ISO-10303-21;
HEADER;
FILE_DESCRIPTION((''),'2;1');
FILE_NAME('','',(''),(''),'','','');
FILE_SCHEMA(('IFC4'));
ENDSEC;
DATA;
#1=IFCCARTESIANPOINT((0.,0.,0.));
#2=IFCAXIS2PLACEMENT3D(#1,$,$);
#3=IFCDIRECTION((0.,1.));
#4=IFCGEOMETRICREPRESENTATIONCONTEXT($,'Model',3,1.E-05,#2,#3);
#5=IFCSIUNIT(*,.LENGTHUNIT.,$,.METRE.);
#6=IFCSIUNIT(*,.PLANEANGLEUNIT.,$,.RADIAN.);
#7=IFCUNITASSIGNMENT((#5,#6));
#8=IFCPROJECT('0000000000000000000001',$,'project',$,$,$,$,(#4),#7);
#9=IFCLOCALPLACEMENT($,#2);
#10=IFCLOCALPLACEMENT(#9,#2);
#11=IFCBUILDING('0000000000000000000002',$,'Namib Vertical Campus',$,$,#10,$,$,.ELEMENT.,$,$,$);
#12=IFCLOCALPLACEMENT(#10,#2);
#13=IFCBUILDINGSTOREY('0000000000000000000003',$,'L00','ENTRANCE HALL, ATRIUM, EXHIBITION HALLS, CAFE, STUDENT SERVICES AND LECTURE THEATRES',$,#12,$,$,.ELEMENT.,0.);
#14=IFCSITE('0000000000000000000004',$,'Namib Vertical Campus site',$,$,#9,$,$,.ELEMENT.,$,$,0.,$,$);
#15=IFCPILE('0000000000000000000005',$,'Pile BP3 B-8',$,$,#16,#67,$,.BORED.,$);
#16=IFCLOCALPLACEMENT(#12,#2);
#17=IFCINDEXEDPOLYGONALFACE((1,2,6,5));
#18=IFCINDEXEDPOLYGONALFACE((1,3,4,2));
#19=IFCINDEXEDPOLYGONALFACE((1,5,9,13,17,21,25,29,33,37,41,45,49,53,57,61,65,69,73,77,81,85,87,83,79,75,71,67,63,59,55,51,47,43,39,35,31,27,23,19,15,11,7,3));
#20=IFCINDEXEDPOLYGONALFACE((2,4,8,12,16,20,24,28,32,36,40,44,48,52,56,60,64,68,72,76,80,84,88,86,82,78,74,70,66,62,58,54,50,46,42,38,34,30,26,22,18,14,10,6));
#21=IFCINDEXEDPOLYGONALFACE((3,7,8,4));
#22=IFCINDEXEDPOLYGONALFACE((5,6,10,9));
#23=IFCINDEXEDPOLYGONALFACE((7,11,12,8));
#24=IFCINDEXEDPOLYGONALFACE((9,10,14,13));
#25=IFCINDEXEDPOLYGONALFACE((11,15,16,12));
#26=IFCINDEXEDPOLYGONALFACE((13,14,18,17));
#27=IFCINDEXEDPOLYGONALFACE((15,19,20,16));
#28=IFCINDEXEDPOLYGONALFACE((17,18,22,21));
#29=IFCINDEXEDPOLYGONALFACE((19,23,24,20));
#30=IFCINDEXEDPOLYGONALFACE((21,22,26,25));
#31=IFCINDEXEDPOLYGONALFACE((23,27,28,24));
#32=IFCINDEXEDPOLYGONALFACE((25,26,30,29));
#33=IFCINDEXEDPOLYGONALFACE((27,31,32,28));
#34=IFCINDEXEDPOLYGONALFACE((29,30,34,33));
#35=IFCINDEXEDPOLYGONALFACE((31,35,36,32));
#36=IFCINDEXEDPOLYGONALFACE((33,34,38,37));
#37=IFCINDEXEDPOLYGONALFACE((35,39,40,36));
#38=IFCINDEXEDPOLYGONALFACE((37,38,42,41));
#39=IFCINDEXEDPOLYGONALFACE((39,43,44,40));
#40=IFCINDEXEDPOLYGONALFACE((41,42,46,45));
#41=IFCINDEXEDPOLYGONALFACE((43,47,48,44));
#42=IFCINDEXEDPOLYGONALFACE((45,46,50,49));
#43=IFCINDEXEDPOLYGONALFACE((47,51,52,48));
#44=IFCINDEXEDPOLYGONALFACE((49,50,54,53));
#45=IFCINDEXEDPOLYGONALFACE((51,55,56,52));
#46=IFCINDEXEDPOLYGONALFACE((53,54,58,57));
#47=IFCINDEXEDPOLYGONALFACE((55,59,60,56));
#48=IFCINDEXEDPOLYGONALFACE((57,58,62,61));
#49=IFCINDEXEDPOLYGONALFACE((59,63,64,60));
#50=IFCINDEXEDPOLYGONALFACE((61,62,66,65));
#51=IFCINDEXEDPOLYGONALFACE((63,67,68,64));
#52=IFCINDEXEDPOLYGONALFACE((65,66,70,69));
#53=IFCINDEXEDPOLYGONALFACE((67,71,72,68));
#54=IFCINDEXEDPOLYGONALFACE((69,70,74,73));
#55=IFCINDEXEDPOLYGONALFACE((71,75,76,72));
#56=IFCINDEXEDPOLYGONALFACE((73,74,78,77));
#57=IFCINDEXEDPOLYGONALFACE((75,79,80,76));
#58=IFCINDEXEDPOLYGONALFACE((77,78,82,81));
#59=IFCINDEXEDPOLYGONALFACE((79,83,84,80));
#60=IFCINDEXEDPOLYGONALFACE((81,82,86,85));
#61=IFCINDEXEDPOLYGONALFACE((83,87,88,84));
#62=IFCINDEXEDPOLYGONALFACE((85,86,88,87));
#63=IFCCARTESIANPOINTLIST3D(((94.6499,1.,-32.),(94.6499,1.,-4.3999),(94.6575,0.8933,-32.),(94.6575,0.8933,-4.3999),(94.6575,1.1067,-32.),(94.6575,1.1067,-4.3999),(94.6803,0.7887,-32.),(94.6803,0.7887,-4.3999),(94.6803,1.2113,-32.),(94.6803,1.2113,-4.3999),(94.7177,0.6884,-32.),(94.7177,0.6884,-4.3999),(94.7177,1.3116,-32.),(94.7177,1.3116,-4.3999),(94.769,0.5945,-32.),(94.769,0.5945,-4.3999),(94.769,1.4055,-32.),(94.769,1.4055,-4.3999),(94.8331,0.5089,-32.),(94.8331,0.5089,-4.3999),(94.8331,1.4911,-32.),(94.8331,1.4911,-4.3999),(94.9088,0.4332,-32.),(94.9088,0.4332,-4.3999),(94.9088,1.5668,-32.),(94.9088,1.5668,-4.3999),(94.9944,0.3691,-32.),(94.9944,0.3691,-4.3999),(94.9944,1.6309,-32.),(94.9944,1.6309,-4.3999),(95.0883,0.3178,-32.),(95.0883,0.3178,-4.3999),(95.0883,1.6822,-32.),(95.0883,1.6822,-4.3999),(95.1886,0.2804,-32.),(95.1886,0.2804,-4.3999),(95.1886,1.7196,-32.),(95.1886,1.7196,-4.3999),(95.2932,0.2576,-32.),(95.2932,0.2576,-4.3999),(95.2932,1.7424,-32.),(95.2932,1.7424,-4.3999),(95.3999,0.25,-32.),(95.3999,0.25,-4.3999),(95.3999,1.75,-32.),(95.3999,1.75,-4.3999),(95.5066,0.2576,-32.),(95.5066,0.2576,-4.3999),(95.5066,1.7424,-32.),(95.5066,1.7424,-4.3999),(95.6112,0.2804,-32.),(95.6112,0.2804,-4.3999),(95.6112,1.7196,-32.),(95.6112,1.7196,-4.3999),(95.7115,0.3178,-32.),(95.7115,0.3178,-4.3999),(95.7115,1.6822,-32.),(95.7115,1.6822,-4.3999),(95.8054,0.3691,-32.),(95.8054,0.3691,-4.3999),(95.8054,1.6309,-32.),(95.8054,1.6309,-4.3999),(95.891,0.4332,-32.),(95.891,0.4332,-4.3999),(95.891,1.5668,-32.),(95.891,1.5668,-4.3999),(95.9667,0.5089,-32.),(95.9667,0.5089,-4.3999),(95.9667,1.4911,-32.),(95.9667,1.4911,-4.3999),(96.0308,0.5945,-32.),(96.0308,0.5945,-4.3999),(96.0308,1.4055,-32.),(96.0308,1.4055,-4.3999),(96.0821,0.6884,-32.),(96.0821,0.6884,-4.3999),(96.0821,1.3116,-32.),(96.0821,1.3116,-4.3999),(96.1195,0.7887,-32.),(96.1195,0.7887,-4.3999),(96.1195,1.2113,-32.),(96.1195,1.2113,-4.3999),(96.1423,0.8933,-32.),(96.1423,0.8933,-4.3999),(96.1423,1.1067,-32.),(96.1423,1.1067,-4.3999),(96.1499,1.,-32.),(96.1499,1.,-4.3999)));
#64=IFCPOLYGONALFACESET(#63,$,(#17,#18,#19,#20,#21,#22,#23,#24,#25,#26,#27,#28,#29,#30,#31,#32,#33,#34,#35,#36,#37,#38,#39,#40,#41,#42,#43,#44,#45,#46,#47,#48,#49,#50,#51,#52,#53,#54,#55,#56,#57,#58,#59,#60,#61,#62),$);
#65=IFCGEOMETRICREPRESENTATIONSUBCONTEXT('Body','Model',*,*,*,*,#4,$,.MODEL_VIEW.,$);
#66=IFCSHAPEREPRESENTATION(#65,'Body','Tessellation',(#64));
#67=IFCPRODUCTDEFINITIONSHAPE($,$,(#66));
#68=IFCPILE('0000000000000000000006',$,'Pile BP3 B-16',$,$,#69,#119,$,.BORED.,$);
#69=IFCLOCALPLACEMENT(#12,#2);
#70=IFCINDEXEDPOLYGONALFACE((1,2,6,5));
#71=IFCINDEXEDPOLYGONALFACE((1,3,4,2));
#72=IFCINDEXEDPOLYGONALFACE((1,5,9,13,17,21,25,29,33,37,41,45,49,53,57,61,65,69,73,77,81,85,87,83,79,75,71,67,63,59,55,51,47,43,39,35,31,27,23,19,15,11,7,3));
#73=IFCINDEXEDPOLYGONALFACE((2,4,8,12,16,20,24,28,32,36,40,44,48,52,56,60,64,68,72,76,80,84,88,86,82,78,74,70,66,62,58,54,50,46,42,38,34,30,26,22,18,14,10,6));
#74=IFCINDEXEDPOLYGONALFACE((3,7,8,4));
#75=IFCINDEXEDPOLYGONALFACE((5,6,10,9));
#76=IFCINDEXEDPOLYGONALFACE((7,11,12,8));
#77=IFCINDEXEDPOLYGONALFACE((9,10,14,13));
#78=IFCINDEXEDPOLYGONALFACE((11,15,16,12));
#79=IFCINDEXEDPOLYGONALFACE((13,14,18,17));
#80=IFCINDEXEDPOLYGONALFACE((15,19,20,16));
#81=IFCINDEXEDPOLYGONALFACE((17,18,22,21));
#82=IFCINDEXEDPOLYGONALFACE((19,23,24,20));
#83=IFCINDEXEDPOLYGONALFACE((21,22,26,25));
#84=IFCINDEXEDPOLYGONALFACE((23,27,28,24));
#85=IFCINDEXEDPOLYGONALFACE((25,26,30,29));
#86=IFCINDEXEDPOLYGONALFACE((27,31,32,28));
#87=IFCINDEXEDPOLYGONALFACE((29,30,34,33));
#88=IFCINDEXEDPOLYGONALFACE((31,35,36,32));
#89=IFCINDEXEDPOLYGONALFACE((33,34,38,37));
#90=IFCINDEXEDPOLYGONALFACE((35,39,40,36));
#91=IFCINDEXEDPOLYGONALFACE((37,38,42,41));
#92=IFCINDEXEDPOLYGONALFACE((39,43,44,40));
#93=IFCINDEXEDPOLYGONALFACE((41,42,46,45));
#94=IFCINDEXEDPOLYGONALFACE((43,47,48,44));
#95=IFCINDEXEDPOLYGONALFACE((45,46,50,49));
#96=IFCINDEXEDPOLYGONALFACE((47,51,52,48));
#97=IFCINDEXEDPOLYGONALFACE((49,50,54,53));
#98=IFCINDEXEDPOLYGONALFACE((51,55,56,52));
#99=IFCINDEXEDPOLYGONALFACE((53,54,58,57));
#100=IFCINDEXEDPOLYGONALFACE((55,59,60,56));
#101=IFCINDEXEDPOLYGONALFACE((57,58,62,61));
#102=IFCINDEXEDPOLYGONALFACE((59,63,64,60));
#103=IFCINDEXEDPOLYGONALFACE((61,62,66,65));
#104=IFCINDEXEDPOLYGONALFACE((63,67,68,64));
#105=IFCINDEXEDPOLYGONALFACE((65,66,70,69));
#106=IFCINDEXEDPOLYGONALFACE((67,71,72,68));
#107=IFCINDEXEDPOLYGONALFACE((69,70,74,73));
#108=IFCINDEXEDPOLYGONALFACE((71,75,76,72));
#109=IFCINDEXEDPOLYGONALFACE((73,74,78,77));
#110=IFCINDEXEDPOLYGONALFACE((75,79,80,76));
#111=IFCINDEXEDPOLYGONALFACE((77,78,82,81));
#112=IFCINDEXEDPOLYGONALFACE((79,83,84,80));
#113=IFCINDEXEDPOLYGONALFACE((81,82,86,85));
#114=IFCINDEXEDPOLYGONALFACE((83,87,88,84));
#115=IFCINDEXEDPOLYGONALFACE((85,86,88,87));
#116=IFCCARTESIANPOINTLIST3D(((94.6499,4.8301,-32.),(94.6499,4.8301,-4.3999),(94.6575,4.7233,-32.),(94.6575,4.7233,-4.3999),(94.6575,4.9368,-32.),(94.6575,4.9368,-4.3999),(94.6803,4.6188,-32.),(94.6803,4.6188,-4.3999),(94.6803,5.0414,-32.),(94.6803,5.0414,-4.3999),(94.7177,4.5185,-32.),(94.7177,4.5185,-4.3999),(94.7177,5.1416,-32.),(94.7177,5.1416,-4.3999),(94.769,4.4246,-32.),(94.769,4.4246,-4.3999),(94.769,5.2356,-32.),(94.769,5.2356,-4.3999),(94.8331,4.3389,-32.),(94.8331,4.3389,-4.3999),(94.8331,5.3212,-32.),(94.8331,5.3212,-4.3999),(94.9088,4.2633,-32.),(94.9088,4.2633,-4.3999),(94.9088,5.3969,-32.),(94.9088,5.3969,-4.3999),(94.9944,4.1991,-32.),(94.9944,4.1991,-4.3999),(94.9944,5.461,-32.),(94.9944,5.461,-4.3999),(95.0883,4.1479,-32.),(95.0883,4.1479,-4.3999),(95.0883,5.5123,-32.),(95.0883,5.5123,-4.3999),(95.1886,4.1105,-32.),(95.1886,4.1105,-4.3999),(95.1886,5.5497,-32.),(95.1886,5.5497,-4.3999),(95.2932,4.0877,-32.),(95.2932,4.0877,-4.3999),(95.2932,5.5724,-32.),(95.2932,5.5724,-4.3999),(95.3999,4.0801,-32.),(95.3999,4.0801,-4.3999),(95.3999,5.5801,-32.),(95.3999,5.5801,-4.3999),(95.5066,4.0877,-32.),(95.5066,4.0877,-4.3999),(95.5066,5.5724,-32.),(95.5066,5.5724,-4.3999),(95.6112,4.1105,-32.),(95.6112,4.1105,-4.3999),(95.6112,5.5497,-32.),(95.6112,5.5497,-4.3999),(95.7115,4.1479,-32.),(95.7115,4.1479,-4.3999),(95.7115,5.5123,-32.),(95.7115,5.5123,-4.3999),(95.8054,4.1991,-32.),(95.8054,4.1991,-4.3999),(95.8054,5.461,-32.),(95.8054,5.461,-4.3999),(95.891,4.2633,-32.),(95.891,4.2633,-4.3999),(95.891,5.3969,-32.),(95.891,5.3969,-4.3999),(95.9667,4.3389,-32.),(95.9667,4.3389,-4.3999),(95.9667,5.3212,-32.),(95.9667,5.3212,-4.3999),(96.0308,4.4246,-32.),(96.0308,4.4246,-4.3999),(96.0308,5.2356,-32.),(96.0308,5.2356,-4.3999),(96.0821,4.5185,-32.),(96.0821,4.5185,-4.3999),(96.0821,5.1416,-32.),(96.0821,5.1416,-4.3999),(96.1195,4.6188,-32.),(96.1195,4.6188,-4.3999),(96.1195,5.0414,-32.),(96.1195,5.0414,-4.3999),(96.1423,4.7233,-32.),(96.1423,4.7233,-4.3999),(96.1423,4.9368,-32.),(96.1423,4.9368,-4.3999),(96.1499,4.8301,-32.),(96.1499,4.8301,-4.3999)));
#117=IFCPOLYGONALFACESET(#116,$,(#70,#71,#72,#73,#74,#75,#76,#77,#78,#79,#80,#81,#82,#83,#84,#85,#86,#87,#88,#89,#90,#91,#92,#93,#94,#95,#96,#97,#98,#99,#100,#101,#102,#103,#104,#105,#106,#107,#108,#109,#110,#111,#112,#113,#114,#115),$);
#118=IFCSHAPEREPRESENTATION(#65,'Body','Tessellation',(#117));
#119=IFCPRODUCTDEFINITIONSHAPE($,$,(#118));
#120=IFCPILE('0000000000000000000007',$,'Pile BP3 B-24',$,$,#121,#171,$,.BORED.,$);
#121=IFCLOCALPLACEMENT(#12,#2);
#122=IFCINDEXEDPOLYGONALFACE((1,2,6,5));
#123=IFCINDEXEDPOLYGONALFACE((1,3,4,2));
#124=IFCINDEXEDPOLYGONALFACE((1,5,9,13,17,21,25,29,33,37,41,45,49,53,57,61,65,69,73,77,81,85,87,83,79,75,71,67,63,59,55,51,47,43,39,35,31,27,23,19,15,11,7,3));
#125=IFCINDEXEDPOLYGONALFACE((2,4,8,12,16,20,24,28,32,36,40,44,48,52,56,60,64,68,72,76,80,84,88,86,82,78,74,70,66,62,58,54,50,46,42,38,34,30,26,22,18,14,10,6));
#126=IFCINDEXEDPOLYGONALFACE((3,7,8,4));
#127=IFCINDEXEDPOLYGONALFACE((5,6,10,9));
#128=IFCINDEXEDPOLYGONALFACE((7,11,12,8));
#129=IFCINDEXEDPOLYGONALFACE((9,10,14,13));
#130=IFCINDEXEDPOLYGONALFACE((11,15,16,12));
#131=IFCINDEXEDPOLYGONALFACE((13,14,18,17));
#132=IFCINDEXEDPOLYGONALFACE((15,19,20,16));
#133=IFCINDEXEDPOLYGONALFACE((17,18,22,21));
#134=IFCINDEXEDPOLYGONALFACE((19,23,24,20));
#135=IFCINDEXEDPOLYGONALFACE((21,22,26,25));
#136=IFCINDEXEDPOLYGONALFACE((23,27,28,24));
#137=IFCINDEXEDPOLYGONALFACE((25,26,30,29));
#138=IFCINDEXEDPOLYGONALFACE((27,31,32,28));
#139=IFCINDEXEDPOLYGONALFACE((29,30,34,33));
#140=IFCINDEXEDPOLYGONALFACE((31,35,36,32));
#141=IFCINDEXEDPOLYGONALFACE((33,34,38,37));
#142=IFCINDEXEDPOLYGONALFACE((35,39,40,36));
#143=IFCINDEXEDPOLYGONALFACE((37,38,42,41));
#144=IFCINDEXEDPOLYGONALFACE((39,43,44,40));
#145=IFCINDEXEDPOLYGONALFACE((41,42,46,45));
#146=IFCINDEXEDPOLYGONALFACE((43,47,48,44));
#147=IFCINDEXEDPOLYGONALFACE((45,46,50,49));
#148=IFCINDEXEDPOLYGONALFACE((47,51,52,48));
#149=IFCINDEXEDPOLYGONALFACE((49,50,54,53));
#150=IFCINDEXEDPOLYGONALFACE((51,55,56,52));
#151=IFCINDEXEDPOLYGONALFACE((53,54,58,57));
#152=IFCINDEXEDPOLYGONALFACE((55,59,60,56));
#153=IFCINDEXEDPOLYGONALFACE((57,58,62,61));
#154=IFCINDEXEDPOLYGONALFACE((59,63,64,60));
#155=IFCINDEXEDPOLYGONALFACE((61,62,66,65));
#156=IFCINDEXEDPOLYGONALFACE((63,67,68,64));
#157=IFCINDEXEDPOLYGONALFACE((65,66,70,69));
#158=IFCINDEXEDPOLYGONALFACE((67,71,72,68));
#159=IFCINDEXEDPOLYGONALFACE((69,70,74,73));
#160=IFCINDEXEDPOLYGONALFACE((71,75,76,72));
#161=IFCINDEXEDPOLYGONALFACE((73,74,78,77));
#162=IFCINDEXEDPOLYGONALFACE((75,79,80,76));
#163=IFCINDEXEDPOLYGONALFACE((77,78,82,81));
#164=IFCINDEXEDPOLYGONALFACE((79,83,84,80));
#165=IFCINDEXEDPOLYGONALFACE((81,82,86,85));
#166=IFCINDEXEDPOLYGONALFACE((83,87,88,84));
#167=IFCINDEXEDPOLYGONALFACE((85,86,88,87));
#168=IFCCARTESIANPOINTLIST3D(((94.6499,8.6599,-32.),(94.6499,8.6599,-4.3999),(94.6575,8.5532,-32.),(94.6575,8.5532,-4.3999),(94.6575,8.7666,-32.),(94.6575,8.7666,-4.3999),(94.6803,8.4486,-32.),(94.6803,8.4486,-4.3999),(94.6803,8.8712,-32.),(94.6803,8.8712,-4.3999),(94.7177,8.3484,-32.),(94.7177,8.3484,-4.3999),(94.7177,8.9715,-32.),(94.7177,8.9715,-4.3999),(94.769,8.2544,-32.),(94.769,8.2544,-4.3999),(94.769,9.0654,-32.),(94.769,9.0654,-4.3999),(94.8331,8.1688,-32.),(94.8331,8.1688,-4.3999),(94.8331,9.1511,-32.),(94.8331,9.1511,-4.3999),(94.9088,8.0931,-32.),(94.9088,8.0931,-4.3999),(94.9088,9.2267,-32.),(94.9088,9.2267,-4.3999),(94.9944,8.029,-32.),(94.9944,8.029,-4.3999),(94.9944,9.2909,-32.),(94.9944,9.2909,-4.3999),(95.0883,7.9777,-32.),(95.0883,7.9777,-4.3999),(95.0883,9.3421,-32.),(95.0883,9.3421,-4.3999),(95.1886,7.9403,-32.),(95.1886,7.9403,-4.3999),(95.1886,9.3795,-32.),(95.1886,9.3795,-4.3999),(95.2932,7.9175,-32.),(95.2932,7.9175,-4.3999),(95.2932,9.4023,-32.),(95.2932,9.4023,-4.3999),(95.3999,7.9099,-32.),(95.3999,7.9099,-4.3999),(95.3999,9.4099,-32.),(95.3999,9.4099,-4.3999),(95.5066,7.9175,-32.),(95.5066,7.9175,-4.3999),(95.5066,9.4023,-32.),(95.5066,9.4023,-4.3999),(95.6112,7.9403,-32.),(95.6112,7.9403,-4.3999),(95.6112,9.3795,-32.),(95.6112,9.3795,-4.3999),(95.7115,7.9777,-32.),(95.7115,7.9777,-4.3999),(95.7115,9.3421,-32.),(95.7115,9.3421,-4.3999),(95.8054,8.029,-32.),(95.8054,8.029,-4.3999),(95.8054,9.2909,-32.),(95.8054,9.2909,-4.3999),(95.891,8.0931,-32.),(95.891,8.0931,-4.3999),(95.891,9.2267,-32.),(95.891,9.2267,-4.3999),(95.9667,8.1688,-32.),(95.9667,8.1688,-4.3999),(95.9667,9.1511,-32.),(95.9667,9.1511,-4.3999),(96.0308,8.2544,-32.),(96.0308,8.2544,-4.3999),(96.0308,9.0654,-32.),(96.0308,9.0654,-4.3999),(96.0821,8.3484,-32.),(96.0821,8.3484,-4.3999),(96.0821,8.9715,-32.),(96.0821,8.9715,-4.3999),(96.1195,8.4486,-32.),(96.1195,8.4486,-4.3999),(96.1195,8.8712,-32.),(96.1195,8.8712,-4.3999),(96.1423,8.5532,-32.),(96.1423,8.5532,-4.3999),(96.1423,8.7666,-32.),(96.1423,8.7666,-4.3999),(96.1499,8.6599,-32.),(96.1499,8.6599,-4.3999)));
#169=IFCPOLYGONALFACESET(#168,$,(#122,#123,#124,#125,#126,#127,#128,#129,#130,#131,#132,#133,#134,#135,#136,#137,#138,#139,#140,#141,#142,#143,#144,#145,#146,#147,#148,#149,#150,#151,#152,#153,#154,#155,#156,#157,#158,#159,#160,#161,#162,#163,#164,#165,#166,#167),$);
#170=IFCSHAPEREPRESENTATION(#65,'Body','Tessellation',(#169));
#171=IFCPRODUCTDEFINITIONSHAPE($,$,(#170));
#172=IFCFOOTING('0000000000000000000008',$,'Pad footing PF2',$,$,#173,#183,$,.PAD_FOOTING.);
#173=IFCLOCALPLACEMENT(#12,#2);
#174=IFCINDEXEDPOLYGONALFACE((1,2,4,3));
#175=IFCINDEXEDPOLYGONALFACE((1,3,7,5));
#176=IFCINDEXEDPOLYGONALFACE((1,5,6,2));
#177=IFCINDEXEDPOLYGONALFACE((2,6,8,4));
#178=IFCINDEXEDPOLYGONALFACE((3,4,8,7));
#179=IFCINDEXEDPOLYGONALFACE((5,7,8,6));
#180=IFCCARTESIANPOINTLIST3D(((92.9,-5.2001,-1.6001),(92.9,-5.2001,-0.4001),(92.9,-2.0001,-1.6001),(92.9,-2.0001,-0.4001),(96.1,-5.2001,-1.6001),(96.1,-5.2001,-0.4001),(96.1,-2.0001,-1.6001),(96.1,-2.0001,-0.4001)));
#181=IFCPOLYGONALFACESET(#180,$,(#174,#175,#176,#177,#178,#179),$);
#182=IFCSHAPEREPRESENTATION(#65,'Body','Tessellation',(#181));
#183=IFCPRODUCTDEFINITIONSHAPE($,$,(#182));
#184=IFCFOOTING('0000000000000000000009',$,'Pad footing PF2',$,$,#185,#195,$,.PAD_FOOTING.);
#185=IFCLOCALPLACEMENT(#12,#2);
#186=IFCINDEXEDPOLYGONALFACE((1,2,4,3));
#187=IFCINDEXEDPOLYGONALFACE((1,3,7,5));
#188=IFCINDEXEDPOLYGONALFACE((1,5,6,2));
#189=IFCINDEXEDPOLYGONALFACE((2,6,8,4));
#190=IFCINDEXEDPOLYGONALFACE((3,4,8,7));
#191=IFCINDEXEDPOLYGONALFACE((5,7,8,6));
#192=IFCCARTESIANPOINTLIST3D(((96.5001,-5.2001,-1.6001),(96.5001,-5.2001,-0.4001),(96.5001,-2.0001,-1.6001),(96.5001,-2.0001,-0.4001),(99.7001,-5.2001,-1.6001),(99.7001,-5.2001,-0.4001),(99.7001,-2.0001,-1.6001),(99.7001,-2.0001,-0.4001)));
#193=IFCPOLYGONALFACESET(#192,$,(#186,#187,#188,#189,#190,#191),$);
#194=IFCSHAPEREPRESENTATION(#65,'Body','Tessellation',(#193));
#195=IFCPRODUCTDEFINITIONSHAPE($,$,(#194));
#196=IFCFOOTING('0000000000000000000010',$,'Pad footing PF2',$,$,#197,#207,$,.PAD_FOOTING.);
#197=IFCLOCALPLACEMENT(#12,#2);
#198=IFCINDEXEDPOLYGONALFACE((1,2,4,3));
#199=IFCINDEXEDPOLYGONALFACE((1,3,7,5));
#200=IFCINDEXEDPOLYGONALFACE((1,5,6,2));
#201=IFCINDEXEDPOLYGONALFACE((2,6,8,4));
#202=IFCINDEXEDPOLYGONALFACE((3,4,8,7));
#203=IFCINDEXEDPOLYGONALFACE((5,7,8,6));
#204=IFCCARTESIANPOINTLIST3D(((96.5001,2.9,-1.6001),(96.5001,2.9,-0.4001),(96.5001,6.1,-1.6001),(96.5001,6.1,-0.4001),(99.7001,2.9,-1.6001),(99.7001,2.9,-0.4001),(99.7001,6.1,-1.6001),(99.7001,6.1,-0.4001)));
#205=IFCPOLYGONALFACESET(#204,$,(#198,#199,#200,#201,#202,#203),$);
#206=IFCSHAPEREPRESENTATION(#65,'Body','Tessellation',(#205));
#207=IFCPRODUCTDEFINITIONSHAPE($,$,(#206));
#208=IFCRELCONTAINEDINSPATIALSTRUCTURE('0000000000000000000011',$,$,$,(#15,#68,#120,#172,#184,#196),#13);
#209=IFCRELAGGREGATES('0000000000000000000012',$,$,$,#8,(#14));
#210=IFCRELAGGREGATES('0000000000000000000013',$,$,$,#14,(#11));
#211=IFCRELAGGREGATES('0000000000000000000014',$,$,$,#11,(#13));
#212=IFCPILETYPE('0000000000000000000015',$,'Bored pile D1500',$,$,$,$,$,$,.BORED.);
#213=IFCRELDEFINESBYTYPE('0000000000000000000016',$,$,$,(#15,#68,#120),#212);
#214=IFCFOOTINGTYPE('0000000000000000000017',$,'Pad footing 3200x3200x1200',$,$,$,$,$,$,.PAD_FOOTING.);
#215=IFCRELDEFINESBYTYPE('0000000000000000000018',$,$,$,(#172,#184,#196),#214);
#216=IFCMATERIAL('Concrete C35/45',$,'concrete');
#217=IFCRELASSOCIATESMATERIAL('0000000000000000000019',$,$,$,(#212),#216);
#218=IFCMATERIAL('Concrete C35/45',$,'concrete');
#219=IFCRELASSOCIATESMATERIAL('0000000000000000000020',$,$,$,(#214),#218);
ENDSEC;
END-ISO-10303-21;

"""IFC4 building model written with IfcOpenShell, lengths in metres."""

from ifc_helpers import new_model, si_unit, direction, frame, origin, origin_2d, place, context, subcontext, project, spatial, rectangle, circle, extrude, material, material_profile, profile_set, type_object, element, save


model = new_model("IFC4")

# Units and contexts
model_context = context("Model", 3, precision=1e-05, world=origin(), true_north=direction((0.0, 1.0)))
body_context = subcontext(model_context, "Body", "Model", "MODEL_VIEW")
ifc_project = project(units=[si_unit("LENGTHUNIT", "METRE"), si_unit("PLANEANGLEUNIT", "RADIAN")], contexts=[model_context])

# Site, building, storey
site_placement = place(None, origin())
site = spatial("IfcSite", under=ifc_project, at=site_placement, Name="Namib Vertical Campus site", CompositionType="ELEMENT", RefElevation=0.0)
building_placement = place(site_placement, origin())
building = spatial("IfcBuilding", under=site, at=building_placement, Name="Namib Vertical Campus", CompositionType="ELEMENT")
storey_placement = place(building_placement, origin())
storey = spatial("IfcBuildingStorey", under=building, at=storey_placement, Name="L00", Description="ENTRANCE HALL, ATRIUM, EXHIBITION HALLS, CAFE, STUDENT SERVICES AND LECTURE THEATRES", CompositionType="ELEMENT", Elevation=0.0)

# Piles
ifc_material_1 = material(Name="Concrete C35/45", Category="concrete")
ifc_material_profile_1 = material_profile(ifc_material_1, circle(Radius=0.75, at=origin_2d()))
ifc_profile_set_1 = profile_set([ifc_material_profile_1], Name="Concrete C35/45")
pile_type = type_object("IfcPileType", Name="Bored pile D1500", PredefinedType="BORED", material=ifc_profile_set_1)
for number, where, z_axis, x_axis, name in (
    (1, (95.3999, 1.0, -4.3999), (0.0, 0.0, -1.0), (1.0, 0.0, 0.0), "Pile BP3 B-8"),
    (2, (95.3999, 4.8301, -4.3999), (0.0, 0.0, -1.0), (1.0, 0.0, 0.0), "Pile BP3 B-16"),
    (3, (95.3999, 8.6599, -4.3999), (0.0, 0.0, -1.0), (1.0, 0.0, 0.0), "Pile BP3 B-24"),
):
    element("IfcPile", number, at=place(storey_placement, frame(where, z_axis=z_axis, x_axis=x_axis)), inside=storey, type_object=pile_type, Name=name, PredefinedType="BORED", context=body_context, shape_type="SweptSolid", body=[
        extrude(circle(Radius=0.75, at=origin_2d()), origin(), (0.0, 0.0, 1.0), 27.6001),
    ])

# Footings
ifc_material_2 = material(Name="Concrete C35/45", Category="concrete")
footing_type = type_object("IfcFootingType", Name="Pad footing 3200x3200x1200", PredefinedType="PAD_FOOTING", material=ifc_material_2)
for number, where, z_axis, x_axis, name in (
    (4, (94.5, -3.6001, -1.6001), (0.0, 0.0, 1.0), (1.0, 0.0, 0.0), "Pad footing PF2"),
    (5, (98.1001, -3.6001, -1.6001), (0.0, 0.0, 1.0), (1.0, 0.0, 0.0), "Pad footing PF2"),
    (6, (98.1001, 4.5, -1.6001), (0.0, 0.0, 1.0), (1.0, 0.0, 0.0), "Pad footing PF2"),
):
    element("IfcFooting", number, at=place(storey_placement, frame(where, z_axis=z_axis, x_axis=x_axis)), inside=storey, type_object=footing_type, Name=name, PredefinedType="PAD_FOOTING", context=body_context, shape_type="SweptSolid", body=[
        extrude(rectangle(XDim=3.2, YDim=3.2, at=origin_2d()), origin(), (0.0, 0.0, 1.0), 1.2),
    ])

save(model, "model.ifc")
